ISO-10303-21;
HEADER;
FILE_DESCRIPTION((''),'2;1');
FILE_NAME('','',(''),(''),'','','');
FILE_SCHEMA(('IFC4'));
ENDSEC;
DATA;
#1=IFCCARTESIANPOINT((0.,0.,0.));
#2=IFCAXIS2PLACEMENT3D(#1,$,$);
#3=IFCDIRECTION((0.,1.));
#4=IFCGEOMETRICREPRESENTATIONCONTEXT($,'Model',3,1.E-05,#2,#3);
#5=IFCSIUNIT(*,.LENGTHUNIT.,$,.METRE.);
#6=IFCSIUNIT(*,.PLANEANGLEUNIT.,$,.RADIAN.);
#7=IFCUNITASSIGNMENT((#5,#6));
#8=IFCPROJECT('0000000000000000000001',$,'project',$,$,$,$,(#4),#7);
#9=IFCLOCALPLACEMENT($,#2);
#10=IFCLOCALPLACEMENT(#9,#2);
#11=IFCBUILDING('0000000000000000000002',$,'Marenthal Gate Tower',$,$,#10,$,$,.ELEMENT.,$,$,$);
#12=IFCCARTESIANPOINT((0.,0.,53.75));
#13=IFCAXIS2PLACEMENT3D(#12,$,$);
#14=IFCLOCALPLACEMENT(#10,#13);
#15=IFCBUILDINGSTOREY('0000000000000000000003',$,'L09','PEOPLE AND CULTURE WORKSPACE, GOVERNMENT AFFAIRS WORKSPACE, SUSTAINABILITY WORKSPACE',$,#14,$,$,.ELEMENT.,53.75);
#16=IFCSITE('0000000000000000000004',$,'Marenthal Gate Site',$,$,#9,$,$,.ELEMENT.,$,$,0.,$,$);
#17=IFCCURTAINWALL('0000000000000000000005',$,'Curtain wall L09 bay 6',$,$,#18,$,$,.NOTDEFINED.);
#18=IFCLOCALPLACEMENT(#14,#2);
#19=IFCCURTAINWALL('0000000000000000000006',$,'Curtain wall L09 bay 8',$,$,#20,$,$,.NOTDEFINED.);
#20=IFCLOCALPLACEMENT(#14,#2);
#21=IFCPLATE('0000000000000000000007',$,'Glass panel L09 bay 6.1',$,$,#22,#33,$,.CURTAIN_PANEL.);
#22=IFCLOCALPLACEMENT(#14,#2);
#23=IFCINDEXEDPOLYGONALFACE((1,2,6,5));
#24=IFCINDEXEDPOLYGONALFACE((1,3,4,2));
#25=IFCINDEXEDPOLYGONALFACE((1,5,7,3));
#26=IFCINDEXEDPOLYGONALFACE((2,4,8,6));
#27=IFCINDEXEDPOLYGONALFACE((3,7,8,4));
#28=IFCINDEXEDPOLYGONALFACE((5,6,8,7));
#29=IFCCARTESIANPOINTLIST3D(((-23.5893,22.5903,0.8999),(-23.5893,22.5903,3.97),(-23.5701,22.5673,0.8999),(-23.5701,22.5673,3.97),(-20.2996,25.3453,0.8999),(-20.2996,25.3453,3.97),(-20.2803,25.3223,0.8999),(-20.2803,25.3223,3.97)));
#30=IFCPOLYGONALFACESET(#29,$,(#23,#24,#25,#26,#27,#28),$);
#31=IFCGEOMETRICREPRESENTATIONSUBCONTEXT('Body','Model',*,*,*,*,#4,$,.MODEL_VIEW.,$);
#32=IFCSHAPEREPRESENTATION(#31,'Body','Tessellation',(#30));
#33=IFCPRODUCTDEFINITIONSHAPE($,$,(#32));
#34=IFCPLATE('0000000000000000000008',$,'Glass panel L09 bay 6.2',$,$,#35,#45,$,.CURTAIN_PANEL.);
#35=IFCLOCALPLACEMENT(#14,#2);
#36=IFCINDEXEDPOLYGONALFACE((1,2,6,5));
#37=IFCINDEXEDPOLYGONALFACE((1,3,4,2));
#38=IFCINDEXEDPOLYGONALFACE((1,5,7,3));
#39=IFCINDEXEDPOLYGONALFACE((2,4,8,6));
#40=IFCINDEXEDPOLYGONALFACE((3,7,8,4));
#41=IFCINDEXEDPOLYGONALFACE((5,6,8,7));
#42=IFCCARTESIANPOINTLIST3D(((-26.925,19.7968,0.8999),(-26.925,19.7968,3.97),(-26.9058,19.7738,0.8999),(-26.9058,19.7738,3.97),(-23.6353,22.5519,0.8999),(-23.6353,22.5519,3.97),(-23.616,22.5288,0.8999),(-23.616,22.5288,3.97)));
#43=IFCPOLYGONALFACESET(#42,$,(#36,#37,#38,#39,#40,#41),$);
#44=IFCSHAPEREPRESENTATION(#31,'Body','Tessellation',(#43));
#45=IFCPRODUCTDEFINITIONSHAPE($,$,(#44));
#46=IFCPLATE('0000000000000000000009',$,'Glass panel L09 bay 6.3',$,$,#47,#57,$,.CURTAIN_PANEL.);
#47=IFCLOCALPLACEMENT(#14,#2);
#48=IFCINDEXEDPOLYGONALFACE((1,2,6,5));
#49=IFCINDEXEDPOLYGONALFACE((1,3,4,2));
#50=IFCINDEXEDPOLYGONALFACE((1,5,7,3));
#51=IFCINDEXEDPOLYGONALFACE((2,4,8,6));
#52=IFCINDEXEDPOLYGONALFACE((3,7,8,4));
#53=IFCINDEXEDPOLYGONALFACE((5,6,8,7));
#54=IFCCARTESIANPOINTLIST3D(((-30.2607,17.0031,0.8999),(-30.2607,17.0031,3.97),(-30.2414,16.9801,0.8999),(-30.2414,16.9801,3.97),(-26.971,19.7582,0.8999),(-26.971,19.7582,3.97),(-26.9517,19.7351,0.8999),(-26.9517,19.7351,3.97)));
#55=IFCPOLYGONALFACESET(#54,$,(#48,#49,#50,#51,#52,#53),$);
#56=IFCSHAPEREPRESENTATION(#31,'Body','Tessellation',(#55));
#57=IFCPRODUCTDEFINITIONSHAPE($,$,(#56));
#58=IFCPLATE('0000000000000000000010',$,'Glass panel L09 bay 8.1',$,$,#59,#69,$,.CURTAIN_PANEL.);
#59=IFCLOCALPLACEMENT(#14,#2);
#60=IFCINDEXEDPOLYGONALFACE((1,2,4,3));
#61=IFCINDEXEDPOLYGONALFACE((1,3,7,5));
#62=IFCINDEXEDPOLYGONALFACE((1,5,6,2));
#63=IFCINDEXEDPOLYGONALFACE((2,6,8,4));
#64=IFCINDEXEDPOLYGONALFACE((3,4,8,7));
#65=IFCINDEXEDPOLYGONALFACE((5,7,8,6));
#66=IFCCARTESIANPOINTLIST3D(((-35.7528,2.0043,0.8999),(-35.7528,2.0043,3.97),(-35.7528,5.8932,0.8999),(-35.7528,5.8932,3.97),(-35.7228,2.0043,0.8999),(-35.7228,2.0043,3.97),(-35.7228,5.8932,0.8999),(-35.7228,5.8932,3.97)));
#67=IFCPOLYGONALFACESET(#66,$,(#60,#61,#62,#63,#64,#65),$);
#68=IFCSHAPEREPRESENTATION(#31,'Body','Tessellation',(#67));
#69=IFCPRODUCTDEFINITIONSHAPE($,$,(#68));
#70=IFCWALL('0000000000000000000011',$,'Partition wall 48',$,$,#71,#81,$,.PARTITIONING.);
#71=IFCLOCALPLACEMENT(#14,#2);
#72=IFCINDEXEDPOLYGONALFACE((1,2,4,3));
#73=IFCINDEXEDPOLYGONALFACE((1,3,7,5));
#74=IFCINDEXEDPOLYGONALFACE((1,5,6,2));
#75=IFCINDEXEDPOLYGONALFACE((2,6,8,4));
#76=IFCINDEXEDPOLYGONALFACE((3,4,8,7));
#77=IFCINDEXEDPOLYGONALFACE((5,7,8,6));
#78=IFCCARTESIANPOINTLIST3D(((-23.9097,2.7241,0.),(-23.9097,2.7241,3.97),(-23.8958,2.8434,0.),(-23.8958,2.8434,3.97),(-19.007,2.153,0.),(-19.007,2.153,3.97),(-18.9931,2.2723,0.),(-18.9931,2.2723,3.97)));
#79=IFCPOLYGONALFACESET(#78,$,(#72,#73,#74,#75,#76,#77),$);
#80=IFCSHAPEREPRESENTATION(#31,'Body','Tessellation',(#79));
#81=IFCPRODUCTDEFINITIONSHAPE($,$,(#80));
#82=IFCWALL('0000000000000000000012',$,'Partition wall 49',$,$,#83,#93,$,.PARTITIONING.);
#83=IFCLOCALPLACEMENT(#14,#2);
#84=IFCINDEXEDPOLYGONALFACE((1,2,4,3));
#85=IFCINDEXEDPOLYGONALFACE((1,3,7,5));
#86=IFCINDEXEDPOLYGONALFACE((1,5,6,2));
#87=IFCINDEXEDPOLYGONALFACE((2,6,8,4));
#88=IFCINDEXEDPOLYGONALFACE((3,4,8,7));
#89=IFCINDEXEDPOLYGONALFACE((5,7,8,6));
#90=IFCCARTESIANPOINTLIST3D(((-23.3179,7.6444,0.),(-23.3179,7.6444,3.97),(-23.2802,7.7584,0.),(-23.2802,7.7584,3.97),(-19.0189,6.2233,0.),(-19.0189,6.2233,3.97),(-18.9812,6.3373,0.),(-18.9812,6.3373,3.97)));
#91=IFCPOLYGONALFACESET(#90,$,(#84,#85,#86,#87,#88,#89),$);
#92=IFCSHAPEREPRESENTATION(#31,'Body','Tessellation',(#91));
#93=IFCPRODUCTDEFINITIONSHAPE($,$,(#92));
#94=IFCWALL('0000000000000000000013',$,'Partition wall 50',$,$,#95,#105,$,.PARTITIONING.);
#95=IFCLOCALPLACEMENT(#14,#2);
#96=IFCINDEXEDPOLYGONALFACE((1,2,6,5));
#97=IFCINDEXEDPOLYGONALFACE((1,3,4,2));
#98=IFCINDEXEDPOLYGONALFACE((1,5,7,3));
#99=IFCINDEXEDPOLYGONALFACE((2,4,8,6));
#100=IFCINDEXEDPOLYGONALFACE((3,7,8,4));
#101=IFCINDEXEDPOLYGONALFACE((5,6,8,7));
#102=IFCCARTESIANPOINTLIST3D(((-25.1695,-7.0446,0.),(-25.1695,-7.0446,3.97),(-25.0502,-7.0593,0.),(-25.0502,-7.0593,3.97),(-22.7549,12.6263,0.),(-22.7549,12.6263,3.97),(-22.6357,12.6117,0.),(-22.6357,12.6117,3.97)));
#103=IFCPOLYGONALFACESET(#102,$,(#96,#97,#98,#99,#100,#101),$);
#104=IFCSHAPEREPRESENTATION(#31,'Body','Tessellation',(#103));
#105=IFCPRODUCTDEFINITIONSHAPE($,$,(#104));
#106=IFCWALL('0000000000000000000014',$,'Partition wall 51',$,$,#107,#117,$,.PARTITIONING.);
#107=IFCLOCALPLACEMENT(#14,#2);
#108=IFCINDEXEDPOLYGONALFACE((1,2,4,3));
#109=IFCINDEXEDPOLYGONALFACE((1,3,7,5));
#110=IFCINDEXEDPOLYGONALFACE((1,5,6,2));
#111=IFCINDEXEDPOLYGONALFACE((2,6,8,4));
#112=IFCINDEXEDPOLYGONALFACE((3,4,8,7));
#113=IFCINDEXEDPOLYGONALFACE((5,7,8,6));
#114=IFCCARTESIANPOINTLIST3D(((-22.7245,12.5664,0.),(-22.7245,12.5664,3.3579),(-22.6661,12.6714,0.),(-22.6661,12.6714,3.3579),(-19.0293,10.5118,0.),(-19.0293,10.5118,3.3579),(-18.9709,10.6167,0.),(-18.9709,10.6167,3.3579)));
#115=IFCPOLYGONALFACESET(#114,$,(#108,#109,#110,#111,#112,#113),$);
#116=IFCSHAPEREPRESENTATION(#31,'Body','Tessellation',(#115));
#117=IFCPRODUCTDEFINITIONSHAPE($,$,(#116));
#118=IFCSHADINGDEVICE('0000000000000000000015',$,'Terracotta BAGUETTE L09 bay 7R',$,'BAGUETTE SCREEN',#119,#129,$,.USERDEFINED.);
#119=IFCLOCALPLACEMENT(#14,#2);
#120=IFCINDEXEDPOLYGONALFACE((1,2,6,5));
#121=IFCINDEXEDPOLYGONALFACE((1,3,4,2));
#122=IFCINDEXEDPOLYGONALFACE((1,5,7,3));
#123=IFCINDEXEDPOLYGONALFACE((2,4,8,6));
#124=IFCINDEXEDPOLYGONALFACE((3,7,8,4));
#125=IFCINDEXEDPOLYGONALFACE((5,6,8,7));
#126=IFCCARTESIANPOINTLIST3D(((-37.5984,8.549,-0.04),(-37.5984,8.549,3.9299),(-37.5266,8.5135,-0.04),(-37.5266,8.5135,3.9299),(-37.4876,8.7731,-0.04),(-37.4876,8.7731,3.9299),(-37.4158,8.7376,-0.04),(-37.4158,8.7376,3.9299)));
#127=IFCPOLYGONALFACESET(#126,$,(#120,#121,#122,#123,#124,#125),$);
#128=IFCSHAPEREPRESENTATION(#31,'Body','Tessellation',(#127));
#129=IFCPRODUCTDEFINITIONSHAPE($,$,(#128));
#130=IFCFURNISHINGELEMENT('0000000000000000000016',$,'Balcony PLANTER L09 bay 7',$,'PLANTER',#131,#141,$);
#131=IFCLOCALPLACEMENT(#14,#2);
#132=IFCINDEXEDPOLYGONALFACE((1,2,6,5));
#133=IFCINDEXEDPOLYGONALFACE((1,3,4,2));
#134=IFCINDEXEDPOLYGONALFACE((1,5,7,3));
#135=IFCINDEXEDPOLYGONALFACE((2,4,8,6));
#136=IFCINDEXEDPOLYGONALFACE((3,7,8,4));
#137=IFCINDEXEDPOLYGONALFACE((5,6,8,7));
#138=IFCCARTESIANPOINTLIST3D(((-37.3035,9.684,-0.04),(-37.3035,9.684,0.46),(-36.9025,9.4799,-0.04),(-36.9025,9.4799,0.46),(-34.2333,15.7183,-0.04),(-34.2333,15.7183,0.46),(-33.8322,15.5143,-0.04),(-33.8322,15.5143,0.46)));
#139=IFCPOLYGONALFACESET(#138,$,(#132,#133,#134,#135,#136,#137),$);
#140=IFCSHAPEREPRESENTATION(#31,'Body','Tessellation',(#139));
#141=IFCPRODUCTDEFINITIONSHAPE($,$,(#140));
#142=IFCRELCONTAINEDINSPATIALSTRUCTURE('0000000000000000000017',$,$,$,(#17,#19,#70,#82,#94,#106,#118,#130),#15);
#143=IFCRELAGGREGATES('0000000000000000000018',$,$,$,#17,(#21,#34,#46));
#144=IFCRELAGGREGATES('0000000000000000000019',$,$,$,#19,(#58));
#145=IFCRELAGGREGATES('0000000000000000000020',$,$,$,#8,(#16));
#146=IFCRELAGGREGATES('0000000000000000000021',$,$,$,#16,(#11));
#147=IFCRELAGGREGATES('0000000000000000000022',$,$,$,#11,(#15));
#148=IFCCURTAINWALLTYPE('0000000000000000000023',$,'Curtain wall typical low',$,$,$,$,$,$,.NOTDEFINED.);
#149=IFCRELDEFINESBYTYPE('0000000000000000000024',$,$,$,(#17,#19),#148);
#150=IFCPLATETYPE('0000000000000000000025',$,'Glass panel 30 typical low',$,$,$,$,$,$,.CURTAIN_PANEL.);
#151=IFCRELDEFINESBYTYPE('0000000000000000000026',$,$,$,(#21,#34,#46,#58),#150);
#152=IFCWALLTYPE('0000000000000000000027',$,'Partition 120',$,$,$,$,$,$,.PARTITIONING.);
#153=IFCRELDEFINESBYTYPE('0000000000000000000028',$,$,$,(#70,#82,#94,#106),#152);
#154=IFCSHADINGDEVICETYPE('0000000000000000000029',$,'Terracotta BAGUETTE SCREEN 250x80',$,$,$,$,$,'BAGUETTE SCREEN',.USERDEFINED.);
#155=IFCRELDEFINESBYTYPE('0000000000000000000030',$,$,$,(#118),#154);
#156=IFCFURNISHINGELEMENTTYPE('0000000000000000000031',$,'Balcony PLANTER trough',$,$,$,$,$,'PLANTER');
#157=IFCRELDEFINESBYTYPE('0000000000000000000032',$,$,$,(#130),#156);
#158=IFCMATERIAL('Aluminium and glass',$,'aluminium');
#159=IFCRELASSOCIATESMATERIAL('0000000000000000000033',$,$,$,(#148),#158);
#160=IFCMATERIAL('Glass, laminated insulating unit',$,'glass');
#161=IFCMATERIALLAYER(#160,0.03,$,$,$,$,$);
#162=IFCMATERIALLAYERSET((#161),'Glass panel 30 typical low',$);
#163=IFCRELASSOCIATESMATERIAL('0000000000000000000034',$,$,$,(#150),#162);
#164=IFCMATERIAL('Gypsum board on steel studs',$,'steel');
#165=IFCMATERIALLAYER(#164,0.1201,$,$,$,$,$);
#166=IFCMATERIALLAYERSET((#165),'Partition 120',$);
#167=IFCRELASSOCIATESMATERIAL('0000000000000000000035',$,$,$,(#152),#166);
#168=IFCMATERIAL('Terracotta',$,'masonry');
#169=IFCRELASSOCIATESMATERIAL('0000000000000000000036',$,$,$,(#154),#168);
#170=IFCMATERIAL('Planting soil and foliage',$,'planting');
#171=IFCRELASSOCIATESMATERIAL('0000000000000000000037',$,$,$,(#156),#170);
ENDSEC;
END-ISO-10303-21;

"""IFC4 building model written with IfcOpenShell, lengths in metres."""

from ifc_helpers import new_model, si_unit, direction, frame, frame_2d, origin, origin_2d, place, context, subcontext, project, spatial, rectangle, extrude, material, layer, layer_set, material_profile, profile_set, type_object, element, aggregate, save


model = new_model("IFC4")

# Units and contexts
model_context = context("Model", 3, precision=1e-05, world=origin(), true_north=direction((0.0, 1.0)))
body_context = subcontext(model_context, "Body", "Model", "MODEL_VIEW")
ifc_project = project(units=[si_unit("LENGTHUNIT", "METRE"), si_unit("PLANEANGLEUNIT", "RADIAN")], contexts=[model_context])

# Site, building, storey
site_placement = place(None, origin())
site = spatial("IfcSite", under=ifc_project, at=site_placement, Name="Marenthal Gate Site", CompositionType="ELEMENT", RefElevation=0.0)
building_placement = place(site_placement, origin())
building = spatial("IfcBuilding", under=site, at=building_placement, Name="Marenthal Gate Tower", CompositionType="ELEMENT")
storey_placement = place(building_placement, frame((0.0, 0.0, 53.75)))
storey = spatial("IfcBuildingStorey", under=building, at=storey_placement, Name="L09", Description="PEOPLE AND CULTURE WORKSPACE, GOVERNMENT AFFAIRS WORKSPACE, SUSTAINABILITY WORKSPACE", CompositionType="ELEMENT", Elevation=53.75)

# Curtain walls
ifc_material_1 = material(Name="Aluminium and glass", Category="aluminium")
curtain_wall_type = type_object("IfcCurtainWallType", Name="Curtain wall typical low", PredefinedType="NOTDEFINED", material=ifc_material_1)
curtain_wall_1_placement = place(storey_placement, origin())
curtain_wall_1 = element("IfcCurtainWall", 1, at=curtain_wall_1_placement, inside=storey, type_object=curtain_wall_type, Name="Curtain wall L09 bay 6", PredefinedType="NOTDEFINED")
curtain_wall_2_placement = place(storey_placement, origin())
curtain_wall_2 = element("IfcCurtainWall", 2, at=curtain_wall_2_placement, inside=storey, type_object=curtain_wall_type, Name="Curtain wall L09 bay 8", PredefinedType="NOTDEFINED")

# Plates
ifc_material_2 = material(Name="Glass, laminated insulating unit", Category="glass")
ifc_layer_1 = layer(ifc_material_2, 0.03)
ifc_layer_set_1 = layer_set([ifc_layer_1], Name="Glass panel 30 typical low")
plate_type = type_object("IfcPlateType", Name="Glass panel 30 typical low", PredefinedType="CURTAIN_PANEL", material=ifc_layer_set_1)
plate_1_placement = place(storey_placement, frame((-21.9348, 23.9563, 0.8999), z_axis=(0.0, 0.0, 1.0), x_axis=(-0.766665, -0.642047, 0.0)))
plate_1 = element("IfcPlate", 3, at=plate_1_placement, type_object=plate_type, Name="Glass panel L09 bay 6.1", PredefinedType="CURTAIN_PANEL", context=body_context, shape_type="SweptSolid", body=[
    extrude(rectangle(XDim=4.291, YDim=0.03, at=origin_2d()), origin(), (0.0, 0.0, 1.0), 3.0701),
])
plate_2_placement = place(storey_placement, frame((-25.2705, 21.1628, 0.8999), z_axis=(0.0, 0.0, 1.0), x_axis=(-0.766665, -0.642047, 0.0)))
plate_2 = element("IfcPlate", 4, at=plate_2_placement, type_object=plate_type, Name="Glass panel L09 bay 6.2", PredefinedType="CURTAIN_PANEL", context=body_context, shape_type="SweptSolid", body=[
    extrude(rectangle(XDim=4.291, YDim=0.03, at=origin_2d()), origin(), (0.0, 0.0, 1.0), 3.0701),
])
plate_3_placement = place(storey_placement, frame((-28.6062, 18.3691, 0.8999), z_axis=(0.0, 0.0, 1.0), x_axis=(-0.766665, -0.642047, 0.0)))
plate_3 = element("IfcPlate", 5, at=plate_3_placement, type_object=plate_type, Name="Glass panel L09 bay 6.3", PredefinedType="CURTAIN_PANEL", context=body_context, shape_type="SweptSolid", body=[
    extrude(rectangle(XDim=4.291, YDim=0.03, at=origin_2d()), origin(), (0.0, 0.0, 1.0), 3.0701),
])
aggregate(curtain_wall_1, [plate_1, plate_2, plate_3])
plate_4_placement = place(storey_placement, frame((-35.7378, 3.9487, 0.8999), z_axis=(0.0, 0.0, 1.0), x_axis=(0.0, -1.0, 0.0)))
plate_4 = element("IfcPlate", 6, at=plate_4_placement, type_object=plate_type, Name="Glass panel L09 bay 8.1", PredefinedType="CURTAIN_PANEL", context=body_context, shape_type="SweptSolid", body=[
    extrude(rectangle(XDim=3.8889, YDim=0.03, at=origin_2d()), origin(), (0.0, 0.0, 1.0), 3.0701),
])
aggregate(curtain_wall_2, [plate_4])

# Walls
ifc_material_3 = material(Name="Gypsum board on steel studs", Category="steel")
ifc_layer_2 = layer(ifc_material_3, 0.1201)
ifc_layer_set_2 = layer_set([ifc_layer_2], Name="Partition 120")
wall_type_1 = type_object("IfcWallType", Name="Partition 120", PredefinedType="PARTITIONING", material=ifc_layer_set_2)
wall_1_placement = place(storey_placement, frame((-23.9026, 2.7837, 0.0), z_axis=(0.0, 0.0, 1.0), x_axis=(0.993285, -0.115696, 0.0)))
element("IfcWall", 7, at=wall_1_placement, inside=storey, type_object=wall_type_1, Name="Partition wall 48", PredefinedType="PARTITIONING", context=body_context, shape_type="SweptSolid", body=[
    extrude(rectangle(XDim=4.9358, YDim=0.1201, at=frame_2d((2.4678, 0.0))), origin(), (0.0, 0.0, 1.0), 3.97),
])
wall_2_placement = place(storey_placement, frame((-23.2991, 7.7014, 0.0), z_axis=(0.0, 0.0, 1.0), x_axis=(0.949468, -0.313865, 0.0)))
element("IfcWall", 8, at=wall_2_placement, inside=storey, type_object=wall_type_1, Name="Partition wall 49", PredefinedType="PARTITIONING", context=body_context, shape_type="SweptSolid", body=[
    extrude(rectangle(XDim=4.5278, YDim=0.1201, at=frame_2d((2.2639, 0.0))), origin(), (0.0, 0.0, 1.0), 3.97),
])
wall_3_placement = place(storey_placement, frame((-22.6953, 12.6189, 0.0), z_axis=(0.0, 0.0, 1.0), x_axis=(-0.121833, -0.992551, 0.0)))
element("IfcWall", 9, at=wall_3_placement, inside=storey, type_object=wall_type_1, Name="Partition wall 50", PredefinedType="PARTITIONING", context=body_context, shape_type="SweptSolid", body=[
    extrude(rectangle(XDim=19.8186, YDim=0.1201, at=frame_2d((9.9092, 0.0))), origin(), (0.0, 0.0, 1.0), 3.97),
])
wall_4_placement = place(storey_placement, frame((-22.6953, 12.6189, 0.0), z_axis=(0.0, 0.0, 1.0), x_axis=(0.873983, -0.485957, 0.0)))
element("IfcWall", 10, at=wall_4_placement, inside=storey, type_object=wall_type_1, Name="Partition wall 51", PredefinedType="PARTITIONING", context=body_context, shape_type="SweptSolid", body=[
    extrude(rectangle(XDim=4.228, YDim=0.1201, at=frame_2d((2.114, 0.0))), origin(), (0.0, 0.0, 1.0), 3.3579),
])

# Shading device
ifc_material_4 = material(Name="Terracotta", Category="masonry")
ifc_material_profile_1 = material_profile(ifc_material_4, rectangle(XDim=0.25, YDim=0.0801, at=origin_2d()), Name="Terracotta baguette 250x80")
ifc_profile_set_1 = profile_set([ifc_material_profile_1], Name="Terracotta")
shading_device_type = type_object("IfcShadingDeviceType", Name="Terracotta BAGUETTE SCREEN 250x80", ElementType="BAGUETTE SCREEN", PredefinedType="USERDEFINED", material=ifc_profile_set_1)
shading_device_placement = place(storey_placement, frame((-37.5071, 8.6433, -0.04), z_axis=(0.0, 0.0, 1.0), x_axis=(-0.443058, -0.896493, 0.0)))
element("IfcShadingDevice", 11, at=shading_device_placement, inside=storey, type_object=shading_device_type, Name="Terracotta BAGUETTE L09 bay 7R", ObjectType="BAGUETTE SCREEN", PredefinedType="USERDEFINED", context=body_context, shape_type="SweptSolid", body=[
    extrude(rectangle(XDim=0.25, YDim=0.0801, at=origin_2d()), origin(), (0.0, 0.0, 1.0), 3.97),
])

# Furnishing element
ifc_material_5 = material(Name="Planting soil and foliage", Category="planting")
furnishing_element_type = type_object("IfcFurnishingElementType", Name="Balcony PLANTER trough", ElementType="PLANTER", material=ifc_material_5)
furnishing_placement = place(storey_placement, frame((-35.5679, 12.5991, -0.04), z_axis=(0.0, 0.0, 1.0), x_axis=(-0.453476, -0.891269, 0.0)))
element("IfcFurnishingElement", 12, at=furnishing_placement, inside=storey, type_object=furnishing_element_type, Name="Balcony PLANTER L09 bay 7", ObjectType="PLANTER", context=body_context, shape_type="SweptSolid", body=[
    extrude(rectangle(XDim=6.7705, YDim=0.45, at=origin_2d()), origin(), (0.0, 0.0, 1.0), 0.5),
])

save(model, "model.ifc")
